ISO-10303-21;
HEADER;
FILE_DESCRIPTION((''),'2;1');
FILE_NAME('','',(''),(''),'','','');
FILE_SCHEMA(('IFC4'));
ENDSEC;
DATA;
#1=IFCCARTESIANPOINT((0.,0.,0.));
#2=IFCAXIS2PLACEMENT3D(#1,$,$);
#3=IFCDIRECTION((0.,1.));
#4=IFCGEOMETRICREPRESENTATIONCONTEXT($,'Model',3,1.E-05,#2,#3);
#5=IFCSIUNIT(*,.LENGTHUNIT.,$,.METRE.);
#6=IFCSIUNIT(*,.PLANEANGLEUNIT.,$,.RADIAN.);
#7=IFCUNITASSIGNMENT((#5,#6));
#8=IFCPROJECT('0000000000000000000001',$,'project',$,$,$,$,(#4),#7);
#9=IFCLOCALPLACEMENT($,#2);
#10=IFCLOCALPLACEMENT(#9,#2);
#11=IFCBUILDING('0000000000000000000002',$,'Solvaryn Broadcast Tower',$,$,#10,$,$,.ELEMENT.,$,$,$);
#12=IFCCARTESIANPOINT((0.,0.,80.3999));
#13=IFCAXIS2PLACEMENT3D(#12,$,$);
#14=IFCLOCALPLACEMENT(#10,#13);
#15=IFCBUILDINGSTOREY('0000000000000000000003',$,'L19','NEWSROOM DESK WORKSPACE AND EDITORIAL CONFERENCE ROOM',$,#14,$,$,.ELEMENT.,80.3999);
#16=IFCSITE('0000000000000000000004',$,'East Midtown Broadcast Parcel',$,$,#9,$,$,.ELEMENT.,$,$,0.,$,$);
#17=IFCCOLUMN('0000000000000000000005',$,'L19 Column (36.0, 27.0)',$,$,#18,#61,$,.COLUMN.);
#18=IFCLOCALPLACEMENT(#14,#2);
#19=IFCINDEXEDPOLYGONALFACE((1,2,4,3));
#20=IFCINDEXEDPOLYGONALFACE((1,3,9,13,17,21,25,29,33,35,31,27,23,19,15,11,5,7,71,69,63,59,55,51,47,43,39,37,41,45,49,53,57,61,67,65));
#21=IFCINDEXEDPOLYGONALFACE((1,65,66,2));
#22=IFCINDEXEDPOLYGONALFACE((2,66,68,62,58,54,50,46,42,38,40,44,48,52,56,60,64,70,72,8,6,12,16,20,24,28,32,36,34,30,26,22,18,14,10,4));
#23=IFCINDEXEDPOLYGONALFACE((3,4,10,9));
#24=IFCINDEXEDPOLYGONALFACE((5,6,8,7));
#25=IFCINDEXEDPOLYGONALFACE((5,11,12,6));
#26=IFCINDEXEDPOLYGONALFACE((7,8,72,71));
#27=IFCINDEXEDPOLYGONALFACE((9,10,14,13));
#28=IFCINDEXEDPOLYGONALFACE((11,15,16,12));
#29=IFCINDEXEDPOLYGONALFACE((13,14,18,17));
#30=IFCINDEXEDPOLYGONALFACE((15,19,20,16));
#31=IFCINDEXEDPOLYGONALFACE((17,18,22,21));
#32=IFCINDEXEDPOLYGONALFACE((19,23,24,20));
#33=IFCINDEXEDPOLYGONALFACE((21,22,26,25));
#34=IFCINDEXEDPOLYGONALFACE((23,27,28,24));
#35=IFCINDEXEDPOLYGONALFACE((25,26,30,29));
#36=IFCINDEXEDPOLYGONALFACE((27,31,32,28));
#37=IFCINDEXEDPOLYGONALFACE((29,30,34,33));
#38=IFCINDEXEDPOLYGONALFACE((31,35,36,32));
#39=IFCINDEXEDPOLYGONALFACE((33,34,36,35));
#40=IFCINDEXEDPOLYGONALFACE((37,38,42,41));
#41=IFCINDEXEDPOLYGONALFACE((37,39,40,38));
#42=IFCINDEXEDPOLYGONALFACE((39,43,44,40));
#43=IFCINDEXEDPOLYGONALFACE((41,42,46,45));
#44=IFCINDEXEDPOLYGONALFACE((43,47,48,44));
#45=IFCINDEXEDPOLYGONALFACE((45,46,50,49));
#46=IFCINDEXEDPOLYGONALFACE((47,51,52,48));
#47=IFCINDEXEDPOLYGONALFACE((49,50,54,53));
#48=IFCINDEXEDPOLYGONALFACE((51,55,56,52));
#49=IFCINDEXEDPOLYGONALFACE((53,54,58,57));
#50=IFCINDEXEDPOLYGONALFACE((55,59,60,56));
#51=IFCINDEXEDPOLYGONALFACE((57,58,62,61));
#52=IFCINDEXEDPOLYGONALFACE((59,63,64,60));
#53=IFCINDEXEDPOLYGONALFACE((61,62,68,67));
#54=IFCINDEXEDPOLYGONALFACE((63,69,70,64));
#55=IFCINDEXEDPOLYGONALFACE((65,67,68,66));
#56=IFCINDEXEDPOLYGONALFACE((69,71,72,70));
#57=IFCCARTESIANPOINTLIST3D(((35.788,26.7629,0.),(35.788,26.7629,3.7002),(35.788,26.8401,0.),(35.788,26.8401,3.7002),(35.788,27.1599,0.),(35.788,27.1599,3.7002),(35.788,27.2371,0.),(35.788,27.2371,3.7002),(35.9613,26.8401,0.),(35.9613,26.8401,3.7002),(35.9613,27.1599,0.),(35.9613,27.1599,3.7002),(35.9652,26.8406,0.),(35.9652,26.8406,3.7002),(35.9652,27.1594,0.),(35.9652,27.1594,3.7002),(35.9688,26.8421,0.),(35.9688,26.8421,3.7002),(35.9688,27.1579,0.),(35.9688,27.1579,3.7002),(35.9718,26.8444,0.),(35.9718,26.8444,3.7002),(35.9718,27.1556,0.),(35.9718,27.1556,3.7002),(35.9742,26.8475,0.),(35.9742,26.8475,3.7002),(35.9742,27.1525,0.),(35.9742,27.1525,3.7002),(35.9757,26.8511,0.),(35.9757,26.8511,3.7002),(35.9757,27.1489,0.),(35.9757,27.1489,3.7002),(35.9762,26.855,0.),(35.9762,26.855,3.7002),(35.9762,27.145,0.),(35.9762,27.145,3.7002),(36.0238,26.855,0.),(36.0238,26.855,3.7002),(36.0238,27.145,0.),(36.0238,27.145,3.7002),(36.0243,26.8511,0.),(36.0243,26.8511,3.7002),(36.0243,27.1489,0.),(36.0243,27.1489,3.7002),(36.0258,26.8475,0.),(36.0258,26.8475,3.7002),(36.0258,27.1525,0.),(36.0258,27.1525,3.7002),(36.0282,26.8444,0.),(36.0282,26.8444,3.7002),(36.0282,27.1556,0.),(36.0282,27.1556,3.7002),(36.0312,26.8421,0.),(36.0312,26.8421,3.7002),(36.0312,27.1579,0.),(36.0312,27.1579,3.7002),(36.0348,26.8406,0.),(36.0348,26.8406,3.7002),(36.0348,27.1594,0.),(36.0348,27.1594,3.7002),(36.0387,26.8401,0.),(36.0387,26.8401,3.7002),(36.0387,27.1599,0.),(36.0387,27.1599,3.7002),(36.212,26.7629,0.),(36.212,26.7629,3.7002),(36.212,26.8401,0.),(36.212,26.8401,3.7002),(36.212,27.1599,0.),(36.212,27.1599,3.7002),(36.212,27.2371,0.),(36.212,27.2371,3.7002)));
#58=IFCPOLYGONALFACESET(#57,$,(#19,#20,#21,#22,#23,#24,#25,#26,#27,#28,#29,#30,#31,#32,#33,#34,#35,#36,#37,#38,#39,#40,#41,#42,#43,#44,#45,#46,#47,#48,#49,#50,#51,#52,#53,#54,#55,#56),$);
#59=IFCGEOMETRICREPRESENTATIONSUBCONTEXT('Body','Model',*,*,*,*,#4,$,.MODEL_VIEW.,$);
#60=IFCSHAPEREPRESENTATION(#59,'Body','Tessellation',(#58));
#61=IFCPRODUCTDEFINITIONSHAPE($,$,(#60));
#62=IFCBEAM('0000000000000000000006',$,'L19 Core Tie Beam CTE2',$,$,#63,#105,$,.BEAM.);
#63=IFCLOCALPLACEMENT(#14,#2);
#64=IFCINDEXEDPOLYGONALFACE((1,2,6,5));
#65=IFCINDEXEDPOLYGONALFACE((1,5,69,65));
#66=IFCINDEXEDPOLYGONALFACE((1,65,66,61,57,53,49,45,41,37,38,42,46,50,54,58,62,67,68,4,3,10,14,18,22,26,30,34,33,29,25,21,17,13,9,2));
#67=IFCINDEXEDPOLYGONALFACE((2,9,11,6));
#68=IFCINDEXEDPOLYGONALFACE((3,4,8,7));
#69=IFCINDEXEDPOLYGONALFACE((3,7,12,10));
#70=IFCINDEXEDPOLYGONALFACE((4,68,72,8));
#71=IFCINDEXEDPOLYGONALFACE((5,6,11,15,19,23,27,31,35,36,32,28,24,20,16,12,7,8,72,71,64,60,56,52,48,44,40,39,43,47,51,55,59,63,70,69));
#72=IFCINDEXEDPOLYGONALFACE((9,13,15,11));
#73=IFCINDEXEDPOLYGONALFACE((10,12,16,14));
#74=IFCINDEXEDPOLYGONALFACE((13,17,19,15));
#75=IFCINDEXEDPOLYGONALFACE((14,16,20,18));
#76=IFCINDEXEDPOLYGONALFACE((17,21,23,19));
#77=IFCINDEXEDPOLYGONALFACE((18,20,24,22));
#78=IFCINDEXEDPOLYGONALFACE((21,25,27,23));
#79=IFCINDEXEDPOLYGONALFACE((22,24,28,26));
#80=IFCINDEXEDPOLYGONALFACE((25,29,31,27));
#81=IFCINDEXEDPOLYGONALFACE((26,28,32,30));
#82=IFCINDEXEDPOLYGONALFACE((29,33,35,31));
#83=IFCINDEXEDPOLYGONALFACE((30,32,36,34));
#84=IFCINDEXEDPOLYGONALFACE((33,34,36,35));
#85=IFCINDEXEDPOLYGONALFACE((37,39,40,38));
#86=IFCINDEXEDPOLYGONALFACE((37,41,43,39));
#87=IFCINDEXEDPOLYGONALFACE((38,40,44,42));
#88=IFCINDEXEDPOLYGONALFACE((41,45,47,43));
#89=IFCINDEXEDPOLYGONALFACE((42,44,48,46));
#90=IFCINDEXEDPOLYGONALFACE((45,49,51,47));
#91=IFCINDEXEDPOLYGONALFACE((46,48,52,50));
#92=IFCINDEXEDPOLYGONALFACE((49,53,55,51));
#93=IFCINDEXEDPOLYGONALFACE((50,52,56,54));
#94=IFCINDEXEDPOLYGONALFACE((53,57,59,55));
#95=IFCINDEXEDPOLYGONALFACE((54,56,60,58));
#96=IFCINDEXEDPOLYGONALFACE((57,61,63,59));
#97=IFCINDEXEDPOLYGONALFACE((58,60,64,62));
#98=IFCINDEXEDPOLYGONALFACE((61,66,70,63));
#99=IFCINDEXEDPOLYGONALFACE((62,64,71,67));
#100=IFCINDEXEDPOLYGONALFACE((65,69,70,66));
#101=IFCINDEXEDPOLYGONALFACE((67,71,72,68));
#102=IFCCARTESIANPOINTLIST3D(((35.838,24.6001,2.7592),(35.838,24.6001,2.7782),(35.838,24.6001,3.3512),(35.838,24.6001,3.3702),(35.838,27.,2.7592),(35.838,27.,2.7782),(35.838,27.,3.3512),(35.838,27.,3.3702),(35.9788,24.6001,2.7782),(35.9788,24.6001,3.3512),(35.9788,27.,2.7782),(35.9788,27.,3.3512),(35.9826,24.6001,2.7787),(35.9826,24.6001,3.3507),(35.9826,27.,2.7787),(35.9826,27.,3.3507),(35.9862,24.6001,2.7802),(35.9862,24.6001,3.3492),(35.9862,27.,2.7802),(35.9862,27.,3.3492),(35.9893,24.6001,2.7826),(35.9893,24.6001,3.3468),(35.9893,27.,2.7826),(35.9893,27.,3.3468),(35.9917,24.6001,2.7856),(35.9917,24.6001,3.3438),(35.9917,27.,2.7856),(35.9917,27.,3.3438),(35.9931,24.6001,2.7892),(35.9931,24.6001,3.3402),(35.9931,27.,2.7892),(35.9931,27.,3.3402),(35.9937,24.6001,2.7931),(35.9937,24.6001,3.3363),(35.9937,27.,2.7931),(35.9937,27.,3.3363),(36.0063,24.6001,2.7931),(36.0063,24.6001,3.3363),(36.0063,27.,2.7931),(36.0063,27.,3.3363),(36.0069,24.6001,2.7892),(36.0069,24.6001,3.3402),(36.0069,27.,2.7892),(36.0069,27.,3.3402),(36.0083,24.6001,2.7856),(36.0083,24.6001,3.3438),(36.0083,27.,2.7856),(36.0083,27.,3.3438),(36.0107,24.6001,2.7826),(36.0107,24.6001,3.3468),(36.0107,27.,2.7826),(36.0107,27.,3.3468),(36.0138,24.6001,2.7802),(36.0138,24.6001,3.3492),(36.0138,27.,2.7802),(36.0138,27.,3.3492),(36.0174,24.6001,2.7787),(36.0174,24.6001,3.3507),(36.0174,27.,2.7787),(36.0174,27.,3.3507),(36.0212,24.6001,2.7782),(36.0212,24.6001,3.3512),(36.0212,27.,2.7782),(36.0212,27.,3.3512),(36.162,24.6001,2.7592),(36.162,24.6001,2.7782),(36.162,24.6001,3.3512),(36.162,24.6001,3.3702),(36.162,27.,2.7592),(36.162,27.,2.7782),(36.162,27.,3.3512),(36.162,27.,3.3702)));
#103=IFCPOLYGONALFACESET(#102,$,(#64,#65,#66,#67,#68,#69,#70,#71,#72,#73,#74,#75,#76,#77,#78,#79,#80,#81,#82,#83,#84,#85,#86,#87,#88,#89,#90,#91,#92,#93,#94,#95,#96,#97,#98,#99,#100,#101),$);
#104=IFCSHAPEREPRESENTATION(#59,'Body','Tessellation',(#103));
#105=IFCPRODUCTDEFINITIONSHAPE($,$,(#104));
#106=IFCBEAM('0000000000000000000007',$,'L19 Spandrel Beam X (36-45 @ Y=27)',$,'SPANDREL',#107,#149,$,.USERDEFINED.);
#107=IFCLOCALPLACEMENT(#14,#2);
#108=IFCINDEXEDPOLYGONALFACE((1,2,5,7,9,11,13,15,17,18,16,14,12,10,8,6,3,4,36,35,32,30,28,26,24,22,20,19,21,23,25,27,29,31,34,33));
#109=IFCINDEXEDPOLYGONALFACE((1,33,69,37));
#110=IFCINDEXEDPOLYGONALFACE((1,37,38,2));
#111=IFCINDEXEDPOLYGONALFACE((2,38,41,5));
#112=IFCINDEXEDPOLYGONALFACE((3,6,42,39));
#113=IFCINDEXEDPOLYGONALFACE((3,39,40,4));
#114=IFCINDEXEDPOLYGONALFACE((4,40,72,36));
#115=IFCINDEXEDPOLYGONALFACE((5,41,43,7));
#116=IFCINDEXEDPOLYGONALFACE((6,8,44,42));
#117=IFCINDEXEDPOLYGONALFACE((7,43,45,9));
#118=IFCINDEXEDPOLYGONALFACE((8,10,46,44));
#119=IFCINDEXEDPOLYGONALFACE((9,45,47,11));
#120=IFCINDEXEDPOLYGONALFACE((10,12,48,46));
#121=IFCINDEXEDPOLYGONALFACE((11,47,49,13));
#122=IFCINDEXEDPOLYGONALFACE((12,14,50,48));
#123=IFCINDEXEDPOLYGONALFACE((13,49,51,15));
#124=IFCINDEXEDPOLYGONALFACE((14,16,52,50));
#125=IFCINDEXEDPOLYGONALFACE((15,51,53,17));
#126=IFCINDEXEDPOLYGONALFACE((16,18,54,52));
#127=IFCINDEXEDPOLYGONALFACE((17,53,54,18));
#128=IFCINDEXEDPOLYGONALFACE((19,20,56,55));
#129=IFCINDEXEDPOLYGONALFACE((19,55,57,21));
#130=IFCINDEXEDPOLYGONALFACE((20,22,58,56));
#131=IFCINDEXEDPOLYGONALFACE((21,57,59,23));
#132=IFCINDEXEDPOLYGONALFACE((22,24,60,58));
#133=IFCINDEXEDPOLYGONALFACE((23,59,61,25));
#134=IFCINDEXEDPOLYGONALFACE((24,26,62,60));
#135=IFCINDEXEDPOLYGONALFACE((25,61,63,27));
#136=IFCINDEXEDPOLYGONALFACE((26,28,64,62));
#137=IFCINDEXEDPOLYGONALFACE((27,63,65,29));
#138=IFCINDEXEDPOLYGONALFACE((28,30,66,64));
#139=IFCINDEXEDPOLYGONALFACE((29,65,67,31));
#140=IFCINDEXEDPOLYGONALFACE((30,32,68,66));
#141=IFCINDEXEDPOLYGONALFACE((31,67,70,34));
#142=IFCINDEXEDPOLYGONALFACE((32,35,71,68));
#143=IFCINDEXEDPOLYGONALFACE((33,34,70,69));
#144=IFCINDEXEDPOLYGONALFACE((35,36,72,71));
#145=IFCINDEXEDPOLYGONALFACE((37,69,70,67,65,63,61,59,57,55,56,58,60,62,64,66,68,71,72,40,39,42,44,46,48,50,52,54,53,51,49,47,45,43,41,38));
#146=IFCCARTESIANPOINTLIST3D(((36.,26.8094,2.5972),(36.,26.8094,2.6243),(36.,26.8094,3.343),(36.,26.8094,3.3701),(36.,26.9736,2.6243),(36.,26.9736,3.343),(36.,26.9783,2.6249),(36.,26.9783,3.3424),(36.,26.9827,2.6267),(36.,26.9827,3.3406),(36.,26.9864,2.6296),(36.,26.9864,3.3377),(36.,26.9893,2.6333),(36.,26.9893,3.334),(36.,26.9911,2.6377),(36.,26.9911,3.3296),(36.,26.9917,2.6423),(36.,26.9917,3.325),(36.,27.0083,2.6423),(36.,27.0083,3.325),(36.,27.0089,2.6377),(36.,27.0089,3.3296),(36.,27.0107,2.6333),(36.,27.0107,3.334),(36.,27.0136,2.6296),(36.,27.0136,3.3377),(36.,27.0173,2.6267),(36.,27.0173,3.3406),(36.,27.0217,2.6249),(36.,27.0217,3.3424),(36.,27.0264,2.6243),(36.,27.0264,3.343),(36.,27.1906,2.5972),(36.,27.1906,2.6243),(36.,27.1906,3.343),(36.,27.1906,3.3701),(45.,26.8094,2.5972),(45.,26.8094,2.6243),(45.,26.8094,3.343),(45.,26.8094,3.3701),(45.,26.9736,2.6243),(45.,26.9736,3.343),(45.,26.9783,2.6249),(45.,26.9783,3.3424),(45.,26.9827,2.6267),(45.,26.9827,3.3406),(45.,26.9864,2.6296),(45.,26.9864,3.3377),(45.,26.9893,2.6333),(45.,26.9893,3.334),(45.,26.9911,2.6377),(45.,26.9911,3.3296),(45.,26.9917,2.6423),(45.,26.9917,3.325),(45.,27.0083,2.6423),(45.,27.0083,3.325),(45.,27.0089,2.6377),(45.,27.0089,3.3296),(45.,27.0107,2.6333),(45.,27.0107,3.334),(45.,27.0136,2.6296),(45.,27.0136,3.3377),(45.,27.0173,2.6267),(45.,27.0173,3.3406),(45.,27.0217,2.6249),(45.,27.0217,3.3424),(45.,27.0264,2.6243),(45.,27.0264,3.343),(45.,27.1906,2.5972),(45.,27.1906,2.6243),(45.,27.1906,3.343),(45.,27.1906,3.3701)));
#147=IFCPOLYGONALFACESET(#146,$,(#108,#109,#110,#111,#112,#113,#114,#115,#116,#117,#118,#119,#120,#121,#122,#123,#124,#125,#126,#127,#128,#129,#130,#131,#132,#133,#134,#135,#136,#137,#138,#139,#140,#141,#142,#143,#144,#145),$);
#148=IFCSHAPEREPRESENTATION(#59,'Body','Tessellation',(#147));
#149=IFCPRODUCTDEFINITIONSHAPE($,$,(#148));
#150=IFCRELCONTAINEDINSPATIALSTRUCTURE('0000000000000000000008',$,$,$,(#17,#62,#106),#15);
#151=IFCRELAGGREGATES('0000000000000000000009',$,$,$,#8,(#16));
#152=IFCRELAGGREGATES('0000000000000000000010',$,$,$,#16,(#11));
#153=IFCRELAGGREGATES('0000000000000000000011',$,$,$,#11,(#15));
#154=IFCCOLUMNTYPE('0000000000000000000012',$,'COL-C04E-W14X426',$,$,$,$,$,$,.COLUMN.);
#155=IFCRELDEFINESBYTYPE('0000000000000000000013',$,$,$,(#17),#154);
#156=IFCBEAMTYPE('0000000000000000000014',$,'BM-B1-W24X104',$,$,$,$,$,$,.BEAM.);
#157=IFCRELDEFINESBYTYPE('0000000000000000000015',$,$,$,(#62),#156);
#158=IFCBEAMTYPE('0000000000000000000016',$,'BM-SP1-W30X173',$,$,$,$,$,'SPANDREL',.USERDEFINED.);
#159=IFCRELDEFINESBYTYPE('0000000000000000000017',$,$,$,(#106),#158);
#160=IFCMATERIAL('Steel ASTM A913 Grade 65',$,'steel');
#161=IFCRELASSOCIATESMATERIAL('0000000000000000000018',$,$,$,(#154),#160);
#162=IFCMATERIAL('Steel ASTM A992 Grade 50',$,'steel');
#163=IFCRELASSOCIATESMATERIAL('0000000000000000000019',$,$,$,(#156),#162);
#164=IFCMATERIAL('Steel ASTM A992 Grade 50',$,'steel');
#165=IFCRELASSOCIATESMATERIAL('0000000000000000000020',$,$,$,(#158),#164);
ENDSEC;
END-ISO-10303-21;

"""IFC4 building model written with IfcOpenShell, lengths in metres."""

from ifc_helpers import new_model, si_unit, direction, frame, origin, origin_2d, place, context, subcontext, project, spatial, i_section, extrude, material, material_profile, profile_set, type_object, element, save


model = new_model("IFC4")

# Units and contexts
model_context = context("Model", 3, precision=1e-05, world=origin(), true_north=direction((0.0, 1.0)))
body_context = subcontext(model_context, "Body", "Model", "MODEL_VIEW")
ifc_project = project(units=[si_unit("LENGTHUNIT", "METRE"), si_unit("PLANEANGLEUNIT", "RADIAN")], contexts=[model_context])

# Site, building, storey
site_placement = place(None, origin())
site = spatial("IfcSite", under=ifc_project, at=site_placement, Name="East Midtown Broadcast Parcel", CompositionType="ELEMENT", RefElevation=0.0)
building_placement = place(site_placement, origin())
building = spatial("IfcBuilding", under=site, at=building_placement, Name="Solvaryn Broadcast Tower", CompositionType="ELEMENT")
storey_placement = place(building_placement, frame((0.0, 0.0, 80.3999)))
storey = spatial("IfcBuildingStorey", under=building, at=storey_placement, Name="L19", Description="NEWSROOM DESK WORKSPACE AND EDITORIAL CONFERENCE ROOM", CompositionType="ELEMENT", Elevation=80.3999)

# Column
ifc_material_1 = material(Name="Steel ASTM A913 Grade 65", Category="steel")
ifc_material_profile_1 = material_profile(ifc_material_1, i_section(OverallWidth=0.4241, OverallDepth=0.4741, WebThickness=0.0476, FlangeThickness=0.0771, FilletRadius=0.0149, at=origin_2d()))
ifc_profile_set_1 = profile_set([ifc_material_profile_1], Name="Steel ASTM A913 Grade 65")
column_type = type_object("IfcColumnType", Name="COL-C04E-W14X426", PredefinedType="COLUMN", material=ifc_profile_set_1)
column_placement = place(storey_placement, frame((36.0, 27.0, 0.0), z_axis=(0.0, 0.0, 1.0), x_axis=(1.0, 0.0, 0.0)))
element("IfcColumn", 1, at=column_placement, inside=storey, type_object=column_type, Name="L19 Column (36.0, 27.0)", PredefinedType="COLUMN", context=body_context, shape_type="SweptSolid", body=[
    extrude(i_section(OverallWidth=0.4241, OverallDepth=0.4741, WebThickness=0.0476, FlangeThickness=0.0771, FilletRadius=0.0149, at=origin_2d()), origin(), (0.0, 0.0, 1.0), 3.7002),
])

# Beams
ifc_material_2 = material(Name="Steel ASTM A992 Grade 50", Category="steel")
ifc_material_profile_2 = material_profile(ifc_material_2, i_section(OverallWidth=0.324, OverallDepth=0.6111, WebThickness=0.0127, FlangeThickness=0.019, FilletRadius=0.0149, at=origin_2d()))
ifc_profile_set_2 = profile_set([ifc_material_profile_2], Name="Steel ASTM A992 Grade 50")
beam_type_1 = type_object("IfcBeamType", Name="BM-B1-W24X104", PredefinedType="BEAM", material=ifc_profile_set_2)
beam_1_placement = place(storey_placement, frame((36.0, 24.6001, 3.0647), z_axis=(0.0, 1.0, 0.0), x_axis=(-1.0, 0.0, 0.0)))
element("IfcBeam", 2, at=beam_1_placement, inside=storey, type_object=beam_type_1, Name="L19 Core Tie Beam CTE2", PredefinedType="BEAM", context=body_context, shape_type="SweptSolid", body=[
    extrude(i_section(OverallWidth=0.324, OverallDepth=0.6111, WebThickness=0.0127, FlangeThickness=0.019, FilletRadius=0.0149, at=origin_2d()), origin(), (0.0, 0.0, 1.0), 2.3999),
])
ifc_material_3 = material(Name="Steel ASTM A992 Grade 50", Category="steel")
ifc_material_profile_3 = material_profile(ifc_material_3, i_section(OverallWidth=0.3811, OverallDepth=0.7729, WebThickness=0.0166, FlangeThickness=0.0271, FilletRadius=0.0181, at=origin_2d()))
ifc_profile_set_3 = profile_set([ifc_material_profile_3], Name="Steel ASTM A992 Grade 50")
beam_type_2 = type_object("IfcBeamType", Name="BM-SP1-W30X173", ElementType="SPANDREL", PredefinedType="USERDEFINED", material=ifc_profile_set_3)
beam_2_placement = place(storey_placement, frame((36.0, 27.0, 2.9836), z_axis=(1.0, 0.0, 0.0), x_axis=(0.0, 1.0, 0.0)))
element("IfcBeam", 3, at=beam_2_placement, inside=storey, type_object=beam_type_2, Name="L19 Spandrel Beam X (36-45 @ Y=27)", ObjectType="SPANDREL", PredefinedType="USERDEFINED", context=body_context, shape_type="SweptSolid", body=[
    extrude(i_section(OverallWidth=0.3811, OverallDepth=0.7729, WebThickness=0.0166, FlangeThickness=0.0271, FilletRadius=0.0181, at=origin_2d()), origin(), (0.0, 0.0, 1.0), 9.0),
])

save(model, "model.ifc")
